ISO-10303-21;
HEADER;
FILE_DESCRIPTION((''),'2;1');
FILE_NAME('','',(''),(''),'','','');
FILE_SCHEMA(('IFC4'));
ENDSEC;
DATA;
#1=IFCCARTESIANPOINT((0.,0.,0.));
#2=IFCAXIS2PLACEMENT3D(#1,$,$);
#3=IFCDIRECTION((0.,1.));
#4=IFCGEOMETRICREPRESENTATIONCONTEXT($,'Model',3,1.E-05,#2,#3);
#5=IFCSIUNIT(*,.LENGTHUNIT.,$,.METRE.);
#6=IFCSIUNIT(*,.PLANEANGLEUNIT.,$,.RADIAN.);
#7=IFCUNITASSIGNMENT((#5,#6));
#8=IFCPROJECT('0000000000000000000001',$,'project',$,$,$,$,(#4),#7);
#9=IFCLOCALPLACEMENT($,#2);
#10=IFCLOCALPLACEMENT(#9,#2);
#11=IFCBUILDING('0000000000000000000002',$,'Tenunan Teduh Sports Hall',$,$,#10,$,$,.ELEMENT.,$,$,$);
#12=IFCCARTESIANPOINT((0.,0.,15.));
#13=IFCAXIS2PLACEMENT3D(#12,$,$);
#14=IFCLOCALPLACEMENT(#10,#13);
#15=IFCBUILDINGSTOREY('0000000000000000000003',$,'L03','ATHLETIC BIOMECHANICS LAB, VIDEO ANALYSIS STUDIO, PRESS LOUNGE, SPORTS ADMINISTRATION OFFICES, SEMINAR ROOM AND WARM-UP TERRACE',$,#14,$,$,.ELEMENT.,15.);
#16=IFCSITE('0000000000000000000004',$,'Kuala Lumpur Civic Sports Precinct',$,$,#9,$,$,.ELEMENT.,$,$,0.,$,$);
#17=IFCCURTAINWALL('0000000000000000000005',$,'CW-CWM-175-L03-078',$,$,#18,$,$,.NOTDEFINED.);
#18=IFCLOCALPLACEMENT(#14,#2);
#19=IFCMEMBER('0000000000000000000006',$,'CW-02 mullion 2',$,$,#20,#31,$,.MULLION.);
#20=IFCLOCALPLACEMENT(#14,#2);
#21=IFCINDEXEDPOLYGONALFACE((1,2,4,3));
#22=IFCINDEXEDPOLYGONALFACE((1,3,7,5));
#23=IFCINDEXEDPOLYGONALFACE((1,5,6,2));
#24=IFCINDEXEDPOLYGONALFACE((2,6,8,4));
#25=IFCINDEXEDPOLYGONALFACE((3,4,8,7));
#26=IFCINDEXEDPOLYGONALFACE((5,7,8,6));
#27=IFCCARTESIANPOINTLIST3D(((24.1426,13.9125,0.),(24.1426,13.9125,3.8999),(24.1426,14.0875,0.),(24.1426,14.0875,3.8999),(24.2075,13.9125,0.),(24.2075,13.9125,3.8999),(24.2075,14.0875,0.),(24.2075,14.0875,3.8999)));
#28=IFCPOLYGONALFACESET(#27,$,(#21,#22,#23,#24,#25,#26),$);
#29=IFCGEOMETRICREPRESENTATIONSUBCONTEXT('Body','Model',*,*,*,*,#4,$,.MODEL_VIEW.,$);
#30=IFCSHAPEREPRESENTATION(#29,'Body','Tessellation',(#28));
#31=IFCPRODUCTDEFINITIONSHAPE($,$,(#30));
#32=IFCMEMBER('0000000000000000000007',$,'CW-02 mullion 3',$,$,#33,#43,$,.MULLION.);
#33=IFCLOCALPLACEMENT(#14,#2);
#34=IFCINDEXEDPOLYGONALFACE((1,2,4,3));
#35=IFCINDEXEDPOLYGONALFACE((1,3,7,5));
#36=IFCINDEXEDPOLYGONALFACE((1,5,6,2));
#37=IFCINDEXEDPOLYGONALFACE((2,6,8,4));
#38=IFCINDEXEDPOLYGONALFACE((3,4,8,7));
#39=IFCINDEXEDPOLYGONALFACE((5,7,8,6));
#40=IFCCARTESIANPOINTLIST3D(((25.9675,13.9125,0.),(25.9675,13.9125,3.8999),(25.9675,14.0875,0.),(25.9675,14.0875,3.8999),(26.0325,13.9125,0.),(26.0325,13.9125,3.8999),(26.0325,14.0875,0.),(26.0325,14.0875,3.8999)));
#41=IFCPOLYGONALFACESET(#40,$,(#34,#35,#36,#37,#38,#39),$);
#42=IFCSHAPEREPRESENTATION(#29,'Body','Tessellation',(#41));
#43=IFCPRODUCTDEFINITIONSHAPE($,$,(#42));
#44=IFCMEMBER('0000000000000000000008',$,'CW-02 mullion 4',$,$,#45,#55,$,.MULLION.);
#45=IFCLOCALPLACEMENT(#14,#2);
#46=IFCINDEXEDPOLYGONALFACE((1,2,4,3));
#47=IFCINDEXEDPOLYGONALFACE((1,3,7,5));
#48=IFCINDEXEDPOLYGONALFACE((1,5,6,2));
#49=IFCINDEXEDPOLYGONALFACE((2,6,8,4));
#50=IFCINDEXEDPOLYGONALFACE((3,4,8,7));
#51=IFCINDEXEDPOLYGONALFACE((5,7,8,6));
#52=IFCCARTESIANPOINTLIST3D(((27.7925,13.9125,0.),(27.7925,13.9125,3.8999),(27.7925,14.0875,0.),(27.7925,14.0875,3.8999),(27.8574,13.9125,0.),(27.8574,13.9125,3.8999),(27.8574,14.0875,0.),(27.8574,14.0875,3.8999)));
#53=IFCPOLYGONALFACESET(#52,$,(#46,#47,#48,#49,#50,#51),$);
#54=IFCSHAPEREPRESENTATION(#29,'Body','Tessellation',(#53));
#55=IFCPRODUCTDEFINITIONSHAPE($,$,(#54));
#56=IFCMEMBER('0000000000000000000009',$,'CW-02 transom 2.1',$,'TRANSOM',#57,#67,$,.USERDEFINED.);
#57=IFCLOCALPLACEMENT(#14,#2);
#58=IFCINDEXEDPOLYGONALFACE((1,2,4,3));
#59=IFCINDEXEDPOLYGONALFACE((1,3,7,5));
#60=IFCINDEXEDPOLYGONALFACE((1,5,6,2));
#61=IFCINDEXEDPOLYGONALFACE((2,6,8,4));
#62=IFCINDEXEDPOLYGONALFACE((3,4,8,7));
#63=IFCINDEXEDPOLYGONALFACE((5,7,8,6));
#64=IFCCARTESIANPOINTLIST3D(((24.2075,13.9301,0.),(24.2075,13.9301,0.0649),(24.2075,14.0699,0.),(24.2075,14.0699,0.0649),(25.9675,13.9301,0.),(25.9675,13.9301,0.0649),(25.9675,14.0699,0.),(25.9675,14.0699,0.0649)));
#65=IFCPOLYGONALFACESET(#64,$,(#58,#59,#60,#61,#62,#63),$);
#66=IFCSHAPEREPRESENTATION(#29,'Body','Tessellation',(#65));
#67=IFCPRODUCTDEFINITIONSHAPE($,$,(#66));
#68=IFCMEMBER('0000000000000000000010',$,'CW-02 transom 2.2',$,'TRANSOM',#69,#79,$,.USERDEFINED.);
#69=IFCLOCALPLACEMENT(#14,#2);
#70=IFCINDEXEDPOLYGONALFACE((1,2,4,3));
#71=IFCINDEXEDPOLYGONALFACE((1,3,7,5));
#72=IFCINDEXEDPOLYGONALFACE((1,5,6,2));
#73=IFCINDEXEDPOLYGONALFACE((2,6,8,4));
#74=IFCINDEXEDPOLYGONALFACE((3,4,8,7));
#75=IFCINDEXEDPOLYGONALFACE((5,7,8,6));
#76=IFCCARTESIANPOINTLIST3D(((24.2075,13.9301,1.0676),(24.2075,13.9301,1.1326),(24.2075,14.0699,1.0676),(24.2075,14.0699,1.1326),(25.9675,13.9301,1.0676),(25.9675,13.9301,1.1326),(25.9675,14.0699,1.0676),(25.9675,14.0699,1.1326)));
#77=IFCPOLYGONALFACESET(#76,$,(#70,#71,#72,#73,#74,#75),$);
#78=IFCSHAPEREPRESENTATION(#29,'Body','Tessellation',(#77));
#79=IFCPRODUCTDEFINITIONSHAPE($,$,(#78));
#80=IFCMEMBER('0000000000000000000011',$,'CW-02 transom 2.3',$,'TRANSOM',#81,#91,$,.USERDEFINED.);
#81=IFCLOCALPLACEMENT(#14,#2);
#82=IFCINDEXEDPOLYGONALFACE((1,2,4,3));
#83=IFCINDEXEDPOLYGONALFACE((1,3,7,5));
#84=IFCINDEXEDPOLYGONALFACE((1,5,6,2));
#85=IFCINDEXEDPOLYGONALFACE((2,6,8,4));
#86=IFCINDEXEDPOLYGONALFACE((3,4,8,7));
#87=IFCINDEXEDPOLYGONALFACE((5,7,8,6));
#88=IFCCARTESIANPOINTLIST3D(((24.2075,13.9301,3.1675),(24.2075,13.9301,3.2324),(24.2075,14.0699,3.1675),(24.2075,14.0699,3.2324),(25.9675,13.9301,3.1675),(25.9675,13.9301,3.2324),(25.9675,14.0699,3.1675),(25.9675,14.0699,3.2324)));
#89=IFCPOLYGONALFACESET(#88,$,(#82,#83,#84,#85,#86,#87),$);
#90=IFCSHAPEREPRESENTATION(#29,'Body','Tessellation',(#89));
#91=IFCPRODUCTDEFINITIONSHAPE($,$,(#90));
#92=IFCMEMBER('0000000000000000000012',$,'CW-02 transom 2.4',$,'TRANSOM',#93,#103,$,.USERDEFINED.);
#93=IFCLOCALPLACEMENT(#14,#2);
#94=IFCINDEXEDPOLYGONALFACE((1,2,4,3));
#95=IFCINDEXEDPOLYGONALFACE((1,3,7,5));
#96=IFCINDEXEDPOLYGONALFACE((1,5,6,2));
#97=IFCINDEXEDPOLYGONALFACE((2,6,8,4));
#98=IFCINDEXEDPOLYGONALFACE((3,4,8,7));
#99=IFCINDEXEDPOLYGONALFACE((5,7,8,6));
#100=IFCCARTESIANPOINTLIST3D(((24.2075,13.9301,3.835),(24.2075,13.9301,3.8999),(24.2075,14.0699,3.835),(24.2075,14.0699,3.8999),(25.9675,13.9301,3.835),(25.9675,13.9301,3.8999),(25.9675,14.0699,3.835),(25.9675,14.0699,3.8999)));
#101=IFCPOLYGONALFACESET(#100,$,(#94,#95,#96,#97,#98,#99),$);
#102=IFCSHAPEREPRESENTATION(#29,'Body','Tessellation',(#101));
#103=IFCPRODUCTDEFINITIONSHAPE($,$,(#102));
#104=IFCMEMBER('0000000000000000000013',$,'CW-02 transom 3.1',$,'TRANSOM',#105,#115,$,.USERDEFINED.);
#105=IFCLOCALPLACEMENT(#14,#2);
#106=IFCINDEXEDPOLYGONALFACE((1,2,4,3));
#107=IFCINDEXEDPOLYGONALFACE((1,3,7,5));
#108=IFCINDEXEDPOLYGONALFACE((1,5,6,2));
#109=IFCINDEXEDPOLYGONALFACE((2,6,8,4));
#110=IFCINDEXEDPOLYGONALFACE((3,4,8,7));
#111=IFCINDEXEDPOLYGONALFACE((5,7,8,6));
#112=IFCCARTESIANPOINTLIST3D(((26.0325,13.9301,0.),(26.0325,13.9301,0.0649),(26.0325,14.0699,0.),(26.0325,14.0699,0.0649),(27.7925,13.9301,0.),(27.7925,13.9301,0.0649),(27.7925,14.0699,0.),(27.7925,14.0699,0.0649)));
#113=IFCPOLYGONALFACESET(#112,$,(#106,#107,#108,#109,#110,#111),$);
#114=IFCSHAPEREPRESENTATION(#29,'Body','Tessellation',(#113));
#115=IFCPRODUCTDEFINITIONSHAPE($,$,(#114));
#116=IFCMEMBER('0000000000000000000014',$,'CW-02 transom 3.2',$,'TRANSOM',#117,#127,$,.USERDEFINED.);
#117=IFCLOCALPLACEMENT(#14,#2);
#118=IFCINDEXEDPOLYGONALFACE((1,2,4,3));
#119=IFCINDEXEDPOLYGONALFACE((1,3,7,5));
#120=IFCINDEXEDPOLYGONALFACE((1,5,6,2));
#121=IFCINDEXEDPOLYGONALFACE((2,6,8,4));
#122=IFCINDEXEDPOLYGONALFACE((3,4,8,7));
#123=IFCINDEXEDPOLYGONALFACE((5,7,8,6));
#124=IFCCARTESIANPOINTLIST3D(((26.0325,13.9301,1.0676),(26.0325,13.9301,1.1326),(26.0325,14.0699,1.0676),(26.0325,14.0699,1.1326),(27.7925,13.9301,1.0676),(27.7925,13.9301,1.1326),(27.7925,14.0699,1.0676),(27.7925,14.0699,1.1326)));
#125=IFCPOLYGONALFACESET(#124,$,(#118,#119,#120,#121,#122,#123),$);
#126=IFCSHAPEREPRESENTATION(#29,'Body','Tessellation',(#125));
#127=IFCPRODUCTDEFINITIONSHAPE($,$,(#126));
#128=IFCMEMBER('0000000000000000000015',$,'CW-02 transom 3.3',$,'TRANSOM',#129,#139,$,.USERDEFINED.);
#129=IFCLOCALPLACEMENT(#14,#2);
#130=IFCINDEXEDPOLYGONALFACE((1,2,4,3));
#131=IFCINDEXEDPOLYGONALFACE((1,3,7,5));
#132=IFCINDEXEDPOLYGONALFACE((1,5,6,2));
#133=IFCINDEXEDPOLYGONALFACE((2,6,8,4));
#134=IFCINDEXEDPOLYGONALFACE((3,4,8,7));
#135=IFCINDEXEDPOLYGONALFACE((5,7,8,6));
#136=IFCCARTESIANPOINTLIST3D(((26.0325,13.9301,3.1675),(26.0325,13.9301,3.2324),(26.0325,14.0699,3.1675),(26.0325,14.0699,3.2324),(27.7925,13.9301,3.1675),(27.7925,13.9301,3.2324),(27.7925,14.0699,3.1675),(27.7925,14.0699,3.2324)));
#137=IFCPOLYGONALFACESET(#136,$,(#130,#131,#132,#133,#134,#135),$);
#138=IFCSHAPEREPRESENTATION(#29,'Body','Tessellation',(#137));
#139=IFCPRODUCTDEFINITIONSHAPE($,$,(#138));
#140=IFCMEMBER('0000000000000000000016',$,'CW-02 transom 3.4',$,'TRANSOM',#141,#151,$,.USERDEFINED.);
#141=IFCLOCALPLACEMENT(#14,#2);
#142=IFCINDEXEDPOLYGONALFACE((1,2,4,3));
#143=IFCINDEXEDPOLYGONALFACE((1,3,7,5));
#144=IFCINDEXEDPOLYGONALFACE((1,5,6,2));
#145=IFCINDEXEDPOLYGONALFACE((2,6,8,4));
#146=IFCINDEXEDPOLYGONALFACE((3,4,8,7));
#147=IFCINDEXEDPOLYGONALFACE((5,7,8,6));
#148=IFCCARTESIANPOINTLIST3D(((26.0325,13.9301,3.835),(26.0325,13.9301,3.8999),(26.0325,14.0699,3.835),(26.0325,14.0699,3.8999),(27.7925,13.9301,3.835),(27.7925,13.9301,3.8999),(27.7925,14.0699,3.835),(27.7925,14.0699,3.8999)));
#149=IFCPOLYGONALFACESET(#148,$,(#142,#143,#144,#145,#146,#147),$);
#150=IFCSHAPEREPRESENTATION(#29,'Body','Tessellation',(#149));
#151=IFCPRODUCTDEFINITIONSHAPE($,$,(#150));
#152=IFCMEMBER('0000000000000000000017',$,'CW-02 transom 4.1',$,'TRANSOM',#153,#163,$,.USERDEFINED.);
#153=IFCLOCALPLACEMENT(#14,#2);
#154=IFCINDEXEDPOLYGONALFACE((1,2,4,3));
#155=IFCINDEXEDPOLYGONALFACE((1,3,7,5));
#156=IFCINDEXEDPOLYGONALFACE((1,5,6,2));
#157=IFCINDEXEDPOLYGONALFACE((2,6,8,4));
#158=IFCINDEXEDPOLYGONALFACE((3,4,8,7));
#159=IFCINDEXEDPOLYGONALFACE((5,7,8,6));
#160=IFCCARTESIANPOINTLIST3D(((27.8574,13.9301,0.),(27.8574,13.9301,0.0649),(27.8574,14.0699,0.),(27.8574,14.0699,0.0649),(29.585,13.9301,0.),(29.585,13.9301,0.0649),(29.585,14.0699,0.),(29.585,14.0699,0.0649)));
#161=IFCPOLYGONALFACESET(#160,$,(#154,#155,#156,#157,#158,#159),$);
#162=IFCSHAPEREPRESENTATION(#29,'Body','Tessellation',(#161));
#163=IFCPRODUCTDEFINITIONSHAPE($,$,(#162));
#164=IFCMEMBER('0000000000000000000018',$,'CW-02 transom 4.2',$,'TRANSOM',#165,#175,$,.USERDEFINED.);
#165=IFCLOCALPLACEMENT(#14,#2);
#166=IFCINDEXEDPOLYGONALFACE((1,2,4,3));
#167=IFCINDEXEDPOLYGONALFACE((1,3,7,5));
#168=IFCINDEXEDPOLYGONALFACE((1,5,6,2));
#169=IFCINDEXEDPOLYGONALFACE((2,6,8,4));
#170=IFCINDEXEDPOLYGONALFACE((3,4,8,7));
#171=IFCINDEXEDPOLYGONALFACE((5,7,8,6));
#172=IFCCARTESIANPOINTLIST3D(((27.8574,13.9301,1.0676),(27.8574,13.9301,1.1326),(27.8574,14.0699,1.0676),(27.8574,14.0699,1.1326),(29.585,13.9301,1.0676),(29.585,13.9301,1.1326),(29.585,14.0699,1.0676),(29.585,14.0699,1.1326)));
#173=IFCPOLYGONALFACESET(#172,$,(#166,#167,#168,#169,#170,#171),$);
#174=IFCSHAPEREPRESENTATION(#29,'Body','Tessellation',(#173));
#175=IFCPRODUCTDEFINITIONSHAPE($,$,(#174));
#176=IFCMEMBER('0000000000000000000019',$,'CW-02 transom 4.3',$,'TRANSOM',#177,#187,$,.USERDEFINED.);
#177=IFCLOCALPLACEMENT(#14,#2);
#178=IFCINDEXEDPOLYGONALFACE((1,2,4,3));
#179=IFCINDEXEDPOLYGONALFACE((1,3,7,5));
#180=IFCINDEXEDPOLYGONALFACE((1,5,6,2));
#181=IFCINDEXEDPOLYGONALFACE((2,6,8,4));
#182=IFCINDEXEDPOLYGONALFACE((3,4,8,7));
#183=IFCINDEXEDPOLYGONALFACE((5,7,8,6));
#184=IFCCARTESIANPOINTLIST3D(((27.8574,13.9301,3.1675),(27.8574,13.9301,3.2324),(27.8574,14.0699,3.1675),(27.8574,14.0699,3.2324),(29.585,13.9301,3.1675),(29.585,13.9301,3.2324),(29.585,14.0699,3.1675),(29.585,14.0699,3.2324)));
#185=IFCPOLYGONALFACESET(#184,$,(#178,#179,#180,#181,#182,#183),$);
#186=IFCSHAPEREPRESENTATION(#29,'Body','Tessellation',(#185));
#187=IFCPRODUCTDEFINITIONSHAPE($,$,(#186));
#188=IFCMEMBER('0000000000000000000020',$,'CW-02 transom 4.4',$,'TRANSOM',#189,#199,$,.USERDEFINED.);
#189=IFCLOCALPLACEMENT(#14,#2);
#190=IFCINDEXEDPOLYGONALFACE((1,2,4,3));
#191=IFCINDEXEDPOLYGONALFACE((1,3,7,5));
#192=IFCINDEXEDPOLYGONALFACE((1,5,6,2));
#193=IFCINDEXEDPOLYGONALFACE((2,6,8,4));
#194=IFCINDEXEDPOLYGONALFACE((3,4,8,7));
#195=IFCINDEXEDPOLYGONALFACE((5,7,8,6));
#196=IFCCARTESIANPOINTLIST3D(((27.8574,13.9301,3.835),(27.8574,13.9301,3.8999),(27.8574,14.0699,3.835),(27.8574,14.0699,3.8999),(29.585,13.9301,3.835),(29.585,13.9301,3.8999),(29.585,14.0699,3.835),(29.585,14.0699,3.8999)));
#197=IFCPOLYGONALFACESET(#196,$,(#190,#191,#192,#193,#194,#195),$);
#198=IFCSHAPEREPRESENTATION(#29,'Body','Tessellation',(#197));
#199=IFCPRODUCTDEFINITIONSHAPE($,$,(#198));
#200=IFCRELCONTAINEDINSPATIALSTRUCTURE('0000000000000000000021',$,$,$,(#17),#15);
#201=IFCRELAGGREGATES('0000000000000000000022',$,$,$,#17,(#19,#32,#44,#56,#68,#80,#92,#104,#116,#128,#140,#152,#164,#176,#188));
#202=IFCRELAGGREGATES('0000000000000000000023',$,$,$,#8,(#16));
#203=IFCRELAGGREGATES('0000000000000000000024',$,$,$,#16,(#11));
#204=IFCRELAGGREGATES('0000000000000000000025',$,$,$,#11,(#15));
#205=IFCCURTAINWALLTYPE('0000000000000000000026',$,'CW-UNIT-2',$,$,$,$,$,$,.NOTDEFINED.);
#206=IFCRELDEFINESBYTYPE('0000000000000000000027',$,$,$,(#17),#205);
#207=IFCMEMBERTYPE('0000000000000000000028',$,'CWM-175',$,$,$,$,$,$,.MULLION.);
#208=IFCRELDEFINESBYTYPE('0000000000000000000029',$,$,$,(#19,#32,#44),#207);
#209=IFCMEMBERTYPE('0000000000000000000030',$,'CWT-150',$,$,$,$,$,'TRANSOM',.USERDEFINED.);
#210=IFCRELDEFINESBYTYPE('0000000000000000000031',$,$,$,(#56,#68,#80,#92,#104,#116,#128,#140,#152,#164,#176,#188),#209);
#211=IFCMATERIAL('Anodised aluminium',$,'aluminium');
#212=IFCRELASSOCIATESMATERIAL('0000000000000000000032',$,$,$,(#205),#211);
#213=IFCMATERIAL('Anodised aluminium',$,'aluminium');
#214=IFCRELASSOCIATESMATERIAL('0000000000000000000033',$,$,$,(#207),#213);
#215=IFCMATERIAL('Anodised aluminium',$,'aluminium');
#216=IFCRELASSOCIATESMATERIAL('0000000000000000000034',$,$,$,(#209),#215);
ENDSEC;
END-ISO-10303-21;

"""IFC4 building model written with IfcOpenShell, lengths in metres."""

from ifc_helpers import new_model, si_unit, direction, frame, origin, origin_2d, place, context, subcontext, project, spatial, rectangle, extrude, material, material_profile, profile_set, type_object, element, aggregate, save


model = new_model("IFC4")

# Units and contexts
model_context = context("Model", 3, precision=1e-05, world=origin(), true_north=direction((0.0, 1.0)))
body_context = subcontext(model_context, "Body", "Model", "MODEL_VIEW")
ifc_project = project(units=[si_unit("LENGTHUNIT", "METRE"), si_unit("PLANEANGLEUNIT", "RADIAN")], contexts=[model_context])

# Site, building, storey
site_placement = place(None, origin())
site = spatial("IfcSite", under=ifc_project, at=site_placement, Name="Kuala Lumpur Civic Sports Precinct", CompositionType="ELEMENT", RefElevation=0.0)
building_placement = place(site_placement, origin())
building = spatial("IfcBuilding", under=site, at=building_placement, Name="Tenunan Teduh Sports Hall", CompositionType="ELEMENT")
storey_placement = place(building_placement, frame((0.0, 0.0, 15.0)))
storey = spatial("IfcBuildingStorey", under=building, at=storey_placement, Name="L03", Description="ATHLETIC BIOMECHANICS LAB, VIDEO ANALYSIS STUDIO, PRESS LOUNGE, SPORTS ADMINISTRATION OFFICES, SEMINAR ROOM AND WARM-UP TERRACE", CompositionType="ELEMENT", Elevation=15.0)

# Curtain wall, members
ifc_material_1 = material(Name="Anodised aluminium", Category="aluminium")
curtain_wall_type = type_object("IfcCurtainWallType", Name="CW-UNIT-2", PredefinedType="NOTDEFINED", material=ifc_material_1)
curtain_wall_placement = place(storey_placement, origin())
curtain_wall = element("IfcCurtainWall", 1, at=curtain_wall_placement, inside=storey, type_object=curtain_wall_type, Name="CW-CWM-175-L03-078", PredefinedType="NOTDEFINED")
ifc_material_2 = material(Name="Anodised aluminium", Category="aluminium")
ifc_material_profile_1 = material_profile(ifc_material_2, rectangle(XDim=0.0649, YDim=0.175, at=origin_2d()), Name="CWM 65x175")
ifc_profile_set_1 = profile_set([ifc_material_profile_1], Name="Anodised aluminium")
member_type_1 = type_object("IfcMemberType", Name="CWM-175", PredefinedType="MULLION", material=ifc_profile_set_1)
member_1_placement = place(storey_placement, frame((24.175, 14.0, 0.0), z_axis=(0.0, 0.0, 1.0), x_axis=(1.0, 0.0, 0.0)))
member_1 = element("IfcMember", 2, at=member_1_placement, type_object=member_type_1, Name="CW-02 mullion 2", PredefinedType="MULLION", context=body_context, shape_type="SweptSolid", body=[
    extrude(rectangle(XDim=0.0649, YDim=0.175, at=origin_2d()), origin(), (0.0, 0.0, 1.0), 3.8999),
])
member_2_placement = place(storey_placement, frame((26.0, 14.0, 0.0), z_axis=(0.0, 0.0, 1.0), x_axis=(1.0, 0.0, 0.0)))
member_2 = element("IfcMember", 3, at=member_2_placement, type_object=member_type_1, Name="CW-02 mullion 3", PredefinedType="MULLION", context=body_context, shape_type="SweptSolid", body=[
    extrude(rectangle(XDim=0.0649, YDim=0.175, at=origin_2d()), origin(), (0.0, 0.0, 1.0), 3.8999),
])
member_3_placement = place(storey_placement, frame((27.825, 14.0, 0.0), z_axis=(0.0, 0.0, 1.0), x_axis=(1.0, 0.0, 0.0)))
member_3 = element("IfcMember", 4, at=member_3_placement, type_object=member_type_1, Name="CW-02 mullion 4", PredefinedType="MULLION", context=body_context, shape_type="SweptSolid", body=[
    extrude(rectangle(XDim=0.0649, YDim=0.175, at=origin_2d()), origin(), (0.0, 0.0, 1.0), 3.8999),
])
ifc_material_3 = material(Name="Anodised aluminium", Category="aluminium")
ifc_material_profile_2 = material_profile(ifc_material_3, rectangle(XDim=0.0649, YDim=0.1399, at=origin_2d()), Name="CWT 65x140")
ifc_profile_set_2 = profile_set([ifc_material_profile_2], Name="Anodised aluminium")
member_type_2 = type_object("IfcMemberType", Name="CWT-150", ElementType="TRANSOM", PredefinedType="USERDEFINED", material=ifc_profile_set_2)
member_4_placement = place(storey_placement, frame((24.2075, 14.0, 0.0325), z_axis=(1.0, 0.0, 0.0), x_axis=(0.0, 0.0, 1.0)))
member_4 = element("IfcMember", 5, at=member_4_placement, type_object=member_type_2, Name="CW-02 transom 2.1", ObjectType="TRANSOM", PredefinedType="USERDEFINED", context=body_context, shape_type="SweptSolid", body=[
    extrude(rectangle(XDim=0.0649, YDim=0.1399, at=origin_2d()), origin(), (0.0, 0.0, 1.0), 1.76),
])
member_5_placement = place(storey_placement, frame((24.2075, 14.0, 1.1001), z_axis=(1.0, 0.0, 0.0), x_axis=(0.0, 0.0, 1.0)))
member_5 = element("IfcMember", 6, at=member_5_placement, type_object=member_type_2, Name="CW-02 transom 2.2", ObjectType="TRANSOM", PredefinedType="USERDEFINED", context=body_context, shape_type="SweptSolid", body=[
    extrude(rectangle(XDim=0.0649, YDim=0.1399, at=origin_2d()), origin(), (0.0, 0.0, 1.0), 1.76),
])
member_6_placement = place(storey_placement, frame((24.2075, 14.0, 3.2), z_axis=(1.0, 0.0, 0.0), x_axis=(0.0, 0.0, 1.0)))
member_6 = element("IfcMember", 7, at=member_6_placement, type_object=member_type_2, Name="CW-02 transom 2.3", ObjectType="TRANSOM", PredefinedType="USERDEFINED", context=body_context, shape_type="SweptSolid", body=[
    extrude(rectangle(XDim=0.0649, YDim=0.1399, at=origin_2d()), origin(), (0.0, 0.0, 1.0), 1.76),
])
member_7_placement = place(storey_placement, frame((24.2075, 14.0, 3.8674), z_axis=(1.0, 0.0, 0.0), x_axis=(0.0, 0.0, 1.0)))
member_7 = element("IfcMember", 8, at=member_7_placement, type_object=member_type_2, Name="CW-02 transom 2.4", ObjectType="TRANSOM", PredefinedType="USERDEFINED", context=body_context, shape_type="SweptSolid", body=[
    extrude(rectangle(XDim=0.0649, YDim=0.1399, at=origin_2d()), origin(), (0.0, 0.0, 1.0), 1.76),
])
member_8_placement = place(storey_placement, frame((26.0325, 14.0, 0.0325), z_axis=(1.0, 0.0, 0.0), x_axis=(0.0, 0.0, 1.0)))
member_8 = element("IfcMember", 9, at=member_8_placement, type_object=member_type_2, Name="CW-02 transom 3.1", ObjectType="TRANSOM", PredefinedType="USERDEFINED", context=body_context, shape_type="SweptSolid", body=[
    extrude(rectangle(XDim=0.0649, YDim=0.1399, at=origin_2d()), origin(), (0.0, 0.0, 1.0), 1.76),
])
member_9_placement = place(storey_placement, frame((26.0325, 14.0, 1.1001), z_axis=(1.0, 0.0, 0.0), x_axis=(0.0, 0.0, 1.0)))
member_9 = element("IfcMember", 10, at=member_9_placement, type_object=member_type_2, Name="CW-02 transom 3.2", ObjectType="TRANSOM", PredefinedType="USERDEFINED", context=body_context, shape_type="SweptSolid", body=[
    extrude(rectangle(XDim=0.0649, YDim=0.1399, at=origin_2d()), origin(), (0.0, 0.0, 1.0), 1.76),
])
member_10_placement = place(storey_placement, frame((26.0325, 14.0, 3.2), z_axis=(1.0, 0.0, 0.0), x_axis=(0.0, 0.0, 1.0)))
member_10 = element("IfcMember", 11, at=member_10_placement, type_object=member_type_2, Name="CW-02 transom 3.3", ObjectType="TRANSOM", PredefinedType="USERDEFINED", context=body_context, shape_type="SweptSolid", body=[
    extrude(rectangle(XDim=0.0649, YDim=0.1399, at=origin_2d()), origin(), (0.0, 0.0, 1.0), 1.76),
])
member_11_placement = place(storey_placement, frame((26.0325, 14.0, 3.8674), z_axis=(1.0, 0.0, 0.0), x_axis=(0.0, 0.0, 1.0)))
member_11 = element("IfcMember", 12, at=member_11_placement, type_object=member_type_2, Name="CW-02 transom 3.4", ObjectType="TRANSOM", PredefinedType="USERDEFINED", context=body_context, shape_type="SweptSolid", body=[
    extrude(rectangle(XDim=0.0649, YDim=0.1399, at=origin_2d()), origin(), (0.0, 0.0, 1.0), 1.76),
])
member_12_placement = place(storey_placement, frame((27.8574, 14.0, 0.0325), z_axis=(1.0, 0.0, 0.0), x_axis=(0.0, 0.0, 1.0)))
member_12 = element("IfcMember", 13, at=member_12_placement, type_object=member_type_2, Name="CW-02 transom 4.1", ObjectType="TRANSOM", PredefinedType="USERDEFINED", context=body_context, shape_type="SweptSolid", body=[
    extrude(rectangle(XDim=0.0649, YDim=0.1399, at=origin_2d()), origin(), (0.0, 0.0, 1.0), 1.7275),
])
member_13_placement = place(storey_placement, frame((27.8574, 14.0, 1.1001), z_axis=(1.0, 0.0, 0.0), x_axis=(0.0, 0.0, 1.0)))
member_13 = element("IfcMember", 14, at=member_13_placement, type_object=member_type_2, Name="CW-02 transom 4.2", ObjectType="TRANSOM", PredefinedType="USERDEFINED", context=body_context, shape_type="SweptSolid", body=[
    extrude(rectangle(XDim=0.0649, YDim=0.1399, at=origin_2d()), origin(), (0.0, 0.0, 1.0), 1.7275),
])
member_14_placement = place(storey_placement, frame((27.8574, 14.0, 3.2), z_axis=(1.0, 0.0, 0.0), x_axis=(0.0, 0.0, 1.0)))
member_14 = element("IfcMember", 15, at=member_14_placement, type_object=member_type_2, Name="CW-02 transom 4.3", ObjectType="TRANSOM", PredefinedType="USERDEFINED", context=body_context, shape_type="SweptSolid", body=[
    extrude(rectangle(XDim=0.0649, YDim=0.1399, at=origin_2d()), origin(), (0.0, 0.0, 1.0), 1.7275),
])
member_15_placement = place(storey_placement, frame((27.8574, 14.0, 3.8674), z_axis=(1.0, 0.0, 0.0), x_axis=(0.0, 0.0, 1.0)))
member_15 = element("IfcMember", 16, at=member_15_placement, type_object=member_type_2, Name="CW-02 transom 4.4", ObjectType="TRANSOM", PredefinedType="USERDEFINED", context=body_context, shape_type="SweptSolid", body=[
    extrude(rectangle(XDim=0.0649, YDim=0.1399, at=origin_2d()), origin(), (0.0, 0.0, 1.0), 1.7275),
])
aggregate(curtain_wall, [member_1, member_2, member_3, member_4, member_5, member_6, member_7, member_8, member_9, member_10, member_11, member_12, member_13, member_14, member_15])

save(model, "model.ifc")
